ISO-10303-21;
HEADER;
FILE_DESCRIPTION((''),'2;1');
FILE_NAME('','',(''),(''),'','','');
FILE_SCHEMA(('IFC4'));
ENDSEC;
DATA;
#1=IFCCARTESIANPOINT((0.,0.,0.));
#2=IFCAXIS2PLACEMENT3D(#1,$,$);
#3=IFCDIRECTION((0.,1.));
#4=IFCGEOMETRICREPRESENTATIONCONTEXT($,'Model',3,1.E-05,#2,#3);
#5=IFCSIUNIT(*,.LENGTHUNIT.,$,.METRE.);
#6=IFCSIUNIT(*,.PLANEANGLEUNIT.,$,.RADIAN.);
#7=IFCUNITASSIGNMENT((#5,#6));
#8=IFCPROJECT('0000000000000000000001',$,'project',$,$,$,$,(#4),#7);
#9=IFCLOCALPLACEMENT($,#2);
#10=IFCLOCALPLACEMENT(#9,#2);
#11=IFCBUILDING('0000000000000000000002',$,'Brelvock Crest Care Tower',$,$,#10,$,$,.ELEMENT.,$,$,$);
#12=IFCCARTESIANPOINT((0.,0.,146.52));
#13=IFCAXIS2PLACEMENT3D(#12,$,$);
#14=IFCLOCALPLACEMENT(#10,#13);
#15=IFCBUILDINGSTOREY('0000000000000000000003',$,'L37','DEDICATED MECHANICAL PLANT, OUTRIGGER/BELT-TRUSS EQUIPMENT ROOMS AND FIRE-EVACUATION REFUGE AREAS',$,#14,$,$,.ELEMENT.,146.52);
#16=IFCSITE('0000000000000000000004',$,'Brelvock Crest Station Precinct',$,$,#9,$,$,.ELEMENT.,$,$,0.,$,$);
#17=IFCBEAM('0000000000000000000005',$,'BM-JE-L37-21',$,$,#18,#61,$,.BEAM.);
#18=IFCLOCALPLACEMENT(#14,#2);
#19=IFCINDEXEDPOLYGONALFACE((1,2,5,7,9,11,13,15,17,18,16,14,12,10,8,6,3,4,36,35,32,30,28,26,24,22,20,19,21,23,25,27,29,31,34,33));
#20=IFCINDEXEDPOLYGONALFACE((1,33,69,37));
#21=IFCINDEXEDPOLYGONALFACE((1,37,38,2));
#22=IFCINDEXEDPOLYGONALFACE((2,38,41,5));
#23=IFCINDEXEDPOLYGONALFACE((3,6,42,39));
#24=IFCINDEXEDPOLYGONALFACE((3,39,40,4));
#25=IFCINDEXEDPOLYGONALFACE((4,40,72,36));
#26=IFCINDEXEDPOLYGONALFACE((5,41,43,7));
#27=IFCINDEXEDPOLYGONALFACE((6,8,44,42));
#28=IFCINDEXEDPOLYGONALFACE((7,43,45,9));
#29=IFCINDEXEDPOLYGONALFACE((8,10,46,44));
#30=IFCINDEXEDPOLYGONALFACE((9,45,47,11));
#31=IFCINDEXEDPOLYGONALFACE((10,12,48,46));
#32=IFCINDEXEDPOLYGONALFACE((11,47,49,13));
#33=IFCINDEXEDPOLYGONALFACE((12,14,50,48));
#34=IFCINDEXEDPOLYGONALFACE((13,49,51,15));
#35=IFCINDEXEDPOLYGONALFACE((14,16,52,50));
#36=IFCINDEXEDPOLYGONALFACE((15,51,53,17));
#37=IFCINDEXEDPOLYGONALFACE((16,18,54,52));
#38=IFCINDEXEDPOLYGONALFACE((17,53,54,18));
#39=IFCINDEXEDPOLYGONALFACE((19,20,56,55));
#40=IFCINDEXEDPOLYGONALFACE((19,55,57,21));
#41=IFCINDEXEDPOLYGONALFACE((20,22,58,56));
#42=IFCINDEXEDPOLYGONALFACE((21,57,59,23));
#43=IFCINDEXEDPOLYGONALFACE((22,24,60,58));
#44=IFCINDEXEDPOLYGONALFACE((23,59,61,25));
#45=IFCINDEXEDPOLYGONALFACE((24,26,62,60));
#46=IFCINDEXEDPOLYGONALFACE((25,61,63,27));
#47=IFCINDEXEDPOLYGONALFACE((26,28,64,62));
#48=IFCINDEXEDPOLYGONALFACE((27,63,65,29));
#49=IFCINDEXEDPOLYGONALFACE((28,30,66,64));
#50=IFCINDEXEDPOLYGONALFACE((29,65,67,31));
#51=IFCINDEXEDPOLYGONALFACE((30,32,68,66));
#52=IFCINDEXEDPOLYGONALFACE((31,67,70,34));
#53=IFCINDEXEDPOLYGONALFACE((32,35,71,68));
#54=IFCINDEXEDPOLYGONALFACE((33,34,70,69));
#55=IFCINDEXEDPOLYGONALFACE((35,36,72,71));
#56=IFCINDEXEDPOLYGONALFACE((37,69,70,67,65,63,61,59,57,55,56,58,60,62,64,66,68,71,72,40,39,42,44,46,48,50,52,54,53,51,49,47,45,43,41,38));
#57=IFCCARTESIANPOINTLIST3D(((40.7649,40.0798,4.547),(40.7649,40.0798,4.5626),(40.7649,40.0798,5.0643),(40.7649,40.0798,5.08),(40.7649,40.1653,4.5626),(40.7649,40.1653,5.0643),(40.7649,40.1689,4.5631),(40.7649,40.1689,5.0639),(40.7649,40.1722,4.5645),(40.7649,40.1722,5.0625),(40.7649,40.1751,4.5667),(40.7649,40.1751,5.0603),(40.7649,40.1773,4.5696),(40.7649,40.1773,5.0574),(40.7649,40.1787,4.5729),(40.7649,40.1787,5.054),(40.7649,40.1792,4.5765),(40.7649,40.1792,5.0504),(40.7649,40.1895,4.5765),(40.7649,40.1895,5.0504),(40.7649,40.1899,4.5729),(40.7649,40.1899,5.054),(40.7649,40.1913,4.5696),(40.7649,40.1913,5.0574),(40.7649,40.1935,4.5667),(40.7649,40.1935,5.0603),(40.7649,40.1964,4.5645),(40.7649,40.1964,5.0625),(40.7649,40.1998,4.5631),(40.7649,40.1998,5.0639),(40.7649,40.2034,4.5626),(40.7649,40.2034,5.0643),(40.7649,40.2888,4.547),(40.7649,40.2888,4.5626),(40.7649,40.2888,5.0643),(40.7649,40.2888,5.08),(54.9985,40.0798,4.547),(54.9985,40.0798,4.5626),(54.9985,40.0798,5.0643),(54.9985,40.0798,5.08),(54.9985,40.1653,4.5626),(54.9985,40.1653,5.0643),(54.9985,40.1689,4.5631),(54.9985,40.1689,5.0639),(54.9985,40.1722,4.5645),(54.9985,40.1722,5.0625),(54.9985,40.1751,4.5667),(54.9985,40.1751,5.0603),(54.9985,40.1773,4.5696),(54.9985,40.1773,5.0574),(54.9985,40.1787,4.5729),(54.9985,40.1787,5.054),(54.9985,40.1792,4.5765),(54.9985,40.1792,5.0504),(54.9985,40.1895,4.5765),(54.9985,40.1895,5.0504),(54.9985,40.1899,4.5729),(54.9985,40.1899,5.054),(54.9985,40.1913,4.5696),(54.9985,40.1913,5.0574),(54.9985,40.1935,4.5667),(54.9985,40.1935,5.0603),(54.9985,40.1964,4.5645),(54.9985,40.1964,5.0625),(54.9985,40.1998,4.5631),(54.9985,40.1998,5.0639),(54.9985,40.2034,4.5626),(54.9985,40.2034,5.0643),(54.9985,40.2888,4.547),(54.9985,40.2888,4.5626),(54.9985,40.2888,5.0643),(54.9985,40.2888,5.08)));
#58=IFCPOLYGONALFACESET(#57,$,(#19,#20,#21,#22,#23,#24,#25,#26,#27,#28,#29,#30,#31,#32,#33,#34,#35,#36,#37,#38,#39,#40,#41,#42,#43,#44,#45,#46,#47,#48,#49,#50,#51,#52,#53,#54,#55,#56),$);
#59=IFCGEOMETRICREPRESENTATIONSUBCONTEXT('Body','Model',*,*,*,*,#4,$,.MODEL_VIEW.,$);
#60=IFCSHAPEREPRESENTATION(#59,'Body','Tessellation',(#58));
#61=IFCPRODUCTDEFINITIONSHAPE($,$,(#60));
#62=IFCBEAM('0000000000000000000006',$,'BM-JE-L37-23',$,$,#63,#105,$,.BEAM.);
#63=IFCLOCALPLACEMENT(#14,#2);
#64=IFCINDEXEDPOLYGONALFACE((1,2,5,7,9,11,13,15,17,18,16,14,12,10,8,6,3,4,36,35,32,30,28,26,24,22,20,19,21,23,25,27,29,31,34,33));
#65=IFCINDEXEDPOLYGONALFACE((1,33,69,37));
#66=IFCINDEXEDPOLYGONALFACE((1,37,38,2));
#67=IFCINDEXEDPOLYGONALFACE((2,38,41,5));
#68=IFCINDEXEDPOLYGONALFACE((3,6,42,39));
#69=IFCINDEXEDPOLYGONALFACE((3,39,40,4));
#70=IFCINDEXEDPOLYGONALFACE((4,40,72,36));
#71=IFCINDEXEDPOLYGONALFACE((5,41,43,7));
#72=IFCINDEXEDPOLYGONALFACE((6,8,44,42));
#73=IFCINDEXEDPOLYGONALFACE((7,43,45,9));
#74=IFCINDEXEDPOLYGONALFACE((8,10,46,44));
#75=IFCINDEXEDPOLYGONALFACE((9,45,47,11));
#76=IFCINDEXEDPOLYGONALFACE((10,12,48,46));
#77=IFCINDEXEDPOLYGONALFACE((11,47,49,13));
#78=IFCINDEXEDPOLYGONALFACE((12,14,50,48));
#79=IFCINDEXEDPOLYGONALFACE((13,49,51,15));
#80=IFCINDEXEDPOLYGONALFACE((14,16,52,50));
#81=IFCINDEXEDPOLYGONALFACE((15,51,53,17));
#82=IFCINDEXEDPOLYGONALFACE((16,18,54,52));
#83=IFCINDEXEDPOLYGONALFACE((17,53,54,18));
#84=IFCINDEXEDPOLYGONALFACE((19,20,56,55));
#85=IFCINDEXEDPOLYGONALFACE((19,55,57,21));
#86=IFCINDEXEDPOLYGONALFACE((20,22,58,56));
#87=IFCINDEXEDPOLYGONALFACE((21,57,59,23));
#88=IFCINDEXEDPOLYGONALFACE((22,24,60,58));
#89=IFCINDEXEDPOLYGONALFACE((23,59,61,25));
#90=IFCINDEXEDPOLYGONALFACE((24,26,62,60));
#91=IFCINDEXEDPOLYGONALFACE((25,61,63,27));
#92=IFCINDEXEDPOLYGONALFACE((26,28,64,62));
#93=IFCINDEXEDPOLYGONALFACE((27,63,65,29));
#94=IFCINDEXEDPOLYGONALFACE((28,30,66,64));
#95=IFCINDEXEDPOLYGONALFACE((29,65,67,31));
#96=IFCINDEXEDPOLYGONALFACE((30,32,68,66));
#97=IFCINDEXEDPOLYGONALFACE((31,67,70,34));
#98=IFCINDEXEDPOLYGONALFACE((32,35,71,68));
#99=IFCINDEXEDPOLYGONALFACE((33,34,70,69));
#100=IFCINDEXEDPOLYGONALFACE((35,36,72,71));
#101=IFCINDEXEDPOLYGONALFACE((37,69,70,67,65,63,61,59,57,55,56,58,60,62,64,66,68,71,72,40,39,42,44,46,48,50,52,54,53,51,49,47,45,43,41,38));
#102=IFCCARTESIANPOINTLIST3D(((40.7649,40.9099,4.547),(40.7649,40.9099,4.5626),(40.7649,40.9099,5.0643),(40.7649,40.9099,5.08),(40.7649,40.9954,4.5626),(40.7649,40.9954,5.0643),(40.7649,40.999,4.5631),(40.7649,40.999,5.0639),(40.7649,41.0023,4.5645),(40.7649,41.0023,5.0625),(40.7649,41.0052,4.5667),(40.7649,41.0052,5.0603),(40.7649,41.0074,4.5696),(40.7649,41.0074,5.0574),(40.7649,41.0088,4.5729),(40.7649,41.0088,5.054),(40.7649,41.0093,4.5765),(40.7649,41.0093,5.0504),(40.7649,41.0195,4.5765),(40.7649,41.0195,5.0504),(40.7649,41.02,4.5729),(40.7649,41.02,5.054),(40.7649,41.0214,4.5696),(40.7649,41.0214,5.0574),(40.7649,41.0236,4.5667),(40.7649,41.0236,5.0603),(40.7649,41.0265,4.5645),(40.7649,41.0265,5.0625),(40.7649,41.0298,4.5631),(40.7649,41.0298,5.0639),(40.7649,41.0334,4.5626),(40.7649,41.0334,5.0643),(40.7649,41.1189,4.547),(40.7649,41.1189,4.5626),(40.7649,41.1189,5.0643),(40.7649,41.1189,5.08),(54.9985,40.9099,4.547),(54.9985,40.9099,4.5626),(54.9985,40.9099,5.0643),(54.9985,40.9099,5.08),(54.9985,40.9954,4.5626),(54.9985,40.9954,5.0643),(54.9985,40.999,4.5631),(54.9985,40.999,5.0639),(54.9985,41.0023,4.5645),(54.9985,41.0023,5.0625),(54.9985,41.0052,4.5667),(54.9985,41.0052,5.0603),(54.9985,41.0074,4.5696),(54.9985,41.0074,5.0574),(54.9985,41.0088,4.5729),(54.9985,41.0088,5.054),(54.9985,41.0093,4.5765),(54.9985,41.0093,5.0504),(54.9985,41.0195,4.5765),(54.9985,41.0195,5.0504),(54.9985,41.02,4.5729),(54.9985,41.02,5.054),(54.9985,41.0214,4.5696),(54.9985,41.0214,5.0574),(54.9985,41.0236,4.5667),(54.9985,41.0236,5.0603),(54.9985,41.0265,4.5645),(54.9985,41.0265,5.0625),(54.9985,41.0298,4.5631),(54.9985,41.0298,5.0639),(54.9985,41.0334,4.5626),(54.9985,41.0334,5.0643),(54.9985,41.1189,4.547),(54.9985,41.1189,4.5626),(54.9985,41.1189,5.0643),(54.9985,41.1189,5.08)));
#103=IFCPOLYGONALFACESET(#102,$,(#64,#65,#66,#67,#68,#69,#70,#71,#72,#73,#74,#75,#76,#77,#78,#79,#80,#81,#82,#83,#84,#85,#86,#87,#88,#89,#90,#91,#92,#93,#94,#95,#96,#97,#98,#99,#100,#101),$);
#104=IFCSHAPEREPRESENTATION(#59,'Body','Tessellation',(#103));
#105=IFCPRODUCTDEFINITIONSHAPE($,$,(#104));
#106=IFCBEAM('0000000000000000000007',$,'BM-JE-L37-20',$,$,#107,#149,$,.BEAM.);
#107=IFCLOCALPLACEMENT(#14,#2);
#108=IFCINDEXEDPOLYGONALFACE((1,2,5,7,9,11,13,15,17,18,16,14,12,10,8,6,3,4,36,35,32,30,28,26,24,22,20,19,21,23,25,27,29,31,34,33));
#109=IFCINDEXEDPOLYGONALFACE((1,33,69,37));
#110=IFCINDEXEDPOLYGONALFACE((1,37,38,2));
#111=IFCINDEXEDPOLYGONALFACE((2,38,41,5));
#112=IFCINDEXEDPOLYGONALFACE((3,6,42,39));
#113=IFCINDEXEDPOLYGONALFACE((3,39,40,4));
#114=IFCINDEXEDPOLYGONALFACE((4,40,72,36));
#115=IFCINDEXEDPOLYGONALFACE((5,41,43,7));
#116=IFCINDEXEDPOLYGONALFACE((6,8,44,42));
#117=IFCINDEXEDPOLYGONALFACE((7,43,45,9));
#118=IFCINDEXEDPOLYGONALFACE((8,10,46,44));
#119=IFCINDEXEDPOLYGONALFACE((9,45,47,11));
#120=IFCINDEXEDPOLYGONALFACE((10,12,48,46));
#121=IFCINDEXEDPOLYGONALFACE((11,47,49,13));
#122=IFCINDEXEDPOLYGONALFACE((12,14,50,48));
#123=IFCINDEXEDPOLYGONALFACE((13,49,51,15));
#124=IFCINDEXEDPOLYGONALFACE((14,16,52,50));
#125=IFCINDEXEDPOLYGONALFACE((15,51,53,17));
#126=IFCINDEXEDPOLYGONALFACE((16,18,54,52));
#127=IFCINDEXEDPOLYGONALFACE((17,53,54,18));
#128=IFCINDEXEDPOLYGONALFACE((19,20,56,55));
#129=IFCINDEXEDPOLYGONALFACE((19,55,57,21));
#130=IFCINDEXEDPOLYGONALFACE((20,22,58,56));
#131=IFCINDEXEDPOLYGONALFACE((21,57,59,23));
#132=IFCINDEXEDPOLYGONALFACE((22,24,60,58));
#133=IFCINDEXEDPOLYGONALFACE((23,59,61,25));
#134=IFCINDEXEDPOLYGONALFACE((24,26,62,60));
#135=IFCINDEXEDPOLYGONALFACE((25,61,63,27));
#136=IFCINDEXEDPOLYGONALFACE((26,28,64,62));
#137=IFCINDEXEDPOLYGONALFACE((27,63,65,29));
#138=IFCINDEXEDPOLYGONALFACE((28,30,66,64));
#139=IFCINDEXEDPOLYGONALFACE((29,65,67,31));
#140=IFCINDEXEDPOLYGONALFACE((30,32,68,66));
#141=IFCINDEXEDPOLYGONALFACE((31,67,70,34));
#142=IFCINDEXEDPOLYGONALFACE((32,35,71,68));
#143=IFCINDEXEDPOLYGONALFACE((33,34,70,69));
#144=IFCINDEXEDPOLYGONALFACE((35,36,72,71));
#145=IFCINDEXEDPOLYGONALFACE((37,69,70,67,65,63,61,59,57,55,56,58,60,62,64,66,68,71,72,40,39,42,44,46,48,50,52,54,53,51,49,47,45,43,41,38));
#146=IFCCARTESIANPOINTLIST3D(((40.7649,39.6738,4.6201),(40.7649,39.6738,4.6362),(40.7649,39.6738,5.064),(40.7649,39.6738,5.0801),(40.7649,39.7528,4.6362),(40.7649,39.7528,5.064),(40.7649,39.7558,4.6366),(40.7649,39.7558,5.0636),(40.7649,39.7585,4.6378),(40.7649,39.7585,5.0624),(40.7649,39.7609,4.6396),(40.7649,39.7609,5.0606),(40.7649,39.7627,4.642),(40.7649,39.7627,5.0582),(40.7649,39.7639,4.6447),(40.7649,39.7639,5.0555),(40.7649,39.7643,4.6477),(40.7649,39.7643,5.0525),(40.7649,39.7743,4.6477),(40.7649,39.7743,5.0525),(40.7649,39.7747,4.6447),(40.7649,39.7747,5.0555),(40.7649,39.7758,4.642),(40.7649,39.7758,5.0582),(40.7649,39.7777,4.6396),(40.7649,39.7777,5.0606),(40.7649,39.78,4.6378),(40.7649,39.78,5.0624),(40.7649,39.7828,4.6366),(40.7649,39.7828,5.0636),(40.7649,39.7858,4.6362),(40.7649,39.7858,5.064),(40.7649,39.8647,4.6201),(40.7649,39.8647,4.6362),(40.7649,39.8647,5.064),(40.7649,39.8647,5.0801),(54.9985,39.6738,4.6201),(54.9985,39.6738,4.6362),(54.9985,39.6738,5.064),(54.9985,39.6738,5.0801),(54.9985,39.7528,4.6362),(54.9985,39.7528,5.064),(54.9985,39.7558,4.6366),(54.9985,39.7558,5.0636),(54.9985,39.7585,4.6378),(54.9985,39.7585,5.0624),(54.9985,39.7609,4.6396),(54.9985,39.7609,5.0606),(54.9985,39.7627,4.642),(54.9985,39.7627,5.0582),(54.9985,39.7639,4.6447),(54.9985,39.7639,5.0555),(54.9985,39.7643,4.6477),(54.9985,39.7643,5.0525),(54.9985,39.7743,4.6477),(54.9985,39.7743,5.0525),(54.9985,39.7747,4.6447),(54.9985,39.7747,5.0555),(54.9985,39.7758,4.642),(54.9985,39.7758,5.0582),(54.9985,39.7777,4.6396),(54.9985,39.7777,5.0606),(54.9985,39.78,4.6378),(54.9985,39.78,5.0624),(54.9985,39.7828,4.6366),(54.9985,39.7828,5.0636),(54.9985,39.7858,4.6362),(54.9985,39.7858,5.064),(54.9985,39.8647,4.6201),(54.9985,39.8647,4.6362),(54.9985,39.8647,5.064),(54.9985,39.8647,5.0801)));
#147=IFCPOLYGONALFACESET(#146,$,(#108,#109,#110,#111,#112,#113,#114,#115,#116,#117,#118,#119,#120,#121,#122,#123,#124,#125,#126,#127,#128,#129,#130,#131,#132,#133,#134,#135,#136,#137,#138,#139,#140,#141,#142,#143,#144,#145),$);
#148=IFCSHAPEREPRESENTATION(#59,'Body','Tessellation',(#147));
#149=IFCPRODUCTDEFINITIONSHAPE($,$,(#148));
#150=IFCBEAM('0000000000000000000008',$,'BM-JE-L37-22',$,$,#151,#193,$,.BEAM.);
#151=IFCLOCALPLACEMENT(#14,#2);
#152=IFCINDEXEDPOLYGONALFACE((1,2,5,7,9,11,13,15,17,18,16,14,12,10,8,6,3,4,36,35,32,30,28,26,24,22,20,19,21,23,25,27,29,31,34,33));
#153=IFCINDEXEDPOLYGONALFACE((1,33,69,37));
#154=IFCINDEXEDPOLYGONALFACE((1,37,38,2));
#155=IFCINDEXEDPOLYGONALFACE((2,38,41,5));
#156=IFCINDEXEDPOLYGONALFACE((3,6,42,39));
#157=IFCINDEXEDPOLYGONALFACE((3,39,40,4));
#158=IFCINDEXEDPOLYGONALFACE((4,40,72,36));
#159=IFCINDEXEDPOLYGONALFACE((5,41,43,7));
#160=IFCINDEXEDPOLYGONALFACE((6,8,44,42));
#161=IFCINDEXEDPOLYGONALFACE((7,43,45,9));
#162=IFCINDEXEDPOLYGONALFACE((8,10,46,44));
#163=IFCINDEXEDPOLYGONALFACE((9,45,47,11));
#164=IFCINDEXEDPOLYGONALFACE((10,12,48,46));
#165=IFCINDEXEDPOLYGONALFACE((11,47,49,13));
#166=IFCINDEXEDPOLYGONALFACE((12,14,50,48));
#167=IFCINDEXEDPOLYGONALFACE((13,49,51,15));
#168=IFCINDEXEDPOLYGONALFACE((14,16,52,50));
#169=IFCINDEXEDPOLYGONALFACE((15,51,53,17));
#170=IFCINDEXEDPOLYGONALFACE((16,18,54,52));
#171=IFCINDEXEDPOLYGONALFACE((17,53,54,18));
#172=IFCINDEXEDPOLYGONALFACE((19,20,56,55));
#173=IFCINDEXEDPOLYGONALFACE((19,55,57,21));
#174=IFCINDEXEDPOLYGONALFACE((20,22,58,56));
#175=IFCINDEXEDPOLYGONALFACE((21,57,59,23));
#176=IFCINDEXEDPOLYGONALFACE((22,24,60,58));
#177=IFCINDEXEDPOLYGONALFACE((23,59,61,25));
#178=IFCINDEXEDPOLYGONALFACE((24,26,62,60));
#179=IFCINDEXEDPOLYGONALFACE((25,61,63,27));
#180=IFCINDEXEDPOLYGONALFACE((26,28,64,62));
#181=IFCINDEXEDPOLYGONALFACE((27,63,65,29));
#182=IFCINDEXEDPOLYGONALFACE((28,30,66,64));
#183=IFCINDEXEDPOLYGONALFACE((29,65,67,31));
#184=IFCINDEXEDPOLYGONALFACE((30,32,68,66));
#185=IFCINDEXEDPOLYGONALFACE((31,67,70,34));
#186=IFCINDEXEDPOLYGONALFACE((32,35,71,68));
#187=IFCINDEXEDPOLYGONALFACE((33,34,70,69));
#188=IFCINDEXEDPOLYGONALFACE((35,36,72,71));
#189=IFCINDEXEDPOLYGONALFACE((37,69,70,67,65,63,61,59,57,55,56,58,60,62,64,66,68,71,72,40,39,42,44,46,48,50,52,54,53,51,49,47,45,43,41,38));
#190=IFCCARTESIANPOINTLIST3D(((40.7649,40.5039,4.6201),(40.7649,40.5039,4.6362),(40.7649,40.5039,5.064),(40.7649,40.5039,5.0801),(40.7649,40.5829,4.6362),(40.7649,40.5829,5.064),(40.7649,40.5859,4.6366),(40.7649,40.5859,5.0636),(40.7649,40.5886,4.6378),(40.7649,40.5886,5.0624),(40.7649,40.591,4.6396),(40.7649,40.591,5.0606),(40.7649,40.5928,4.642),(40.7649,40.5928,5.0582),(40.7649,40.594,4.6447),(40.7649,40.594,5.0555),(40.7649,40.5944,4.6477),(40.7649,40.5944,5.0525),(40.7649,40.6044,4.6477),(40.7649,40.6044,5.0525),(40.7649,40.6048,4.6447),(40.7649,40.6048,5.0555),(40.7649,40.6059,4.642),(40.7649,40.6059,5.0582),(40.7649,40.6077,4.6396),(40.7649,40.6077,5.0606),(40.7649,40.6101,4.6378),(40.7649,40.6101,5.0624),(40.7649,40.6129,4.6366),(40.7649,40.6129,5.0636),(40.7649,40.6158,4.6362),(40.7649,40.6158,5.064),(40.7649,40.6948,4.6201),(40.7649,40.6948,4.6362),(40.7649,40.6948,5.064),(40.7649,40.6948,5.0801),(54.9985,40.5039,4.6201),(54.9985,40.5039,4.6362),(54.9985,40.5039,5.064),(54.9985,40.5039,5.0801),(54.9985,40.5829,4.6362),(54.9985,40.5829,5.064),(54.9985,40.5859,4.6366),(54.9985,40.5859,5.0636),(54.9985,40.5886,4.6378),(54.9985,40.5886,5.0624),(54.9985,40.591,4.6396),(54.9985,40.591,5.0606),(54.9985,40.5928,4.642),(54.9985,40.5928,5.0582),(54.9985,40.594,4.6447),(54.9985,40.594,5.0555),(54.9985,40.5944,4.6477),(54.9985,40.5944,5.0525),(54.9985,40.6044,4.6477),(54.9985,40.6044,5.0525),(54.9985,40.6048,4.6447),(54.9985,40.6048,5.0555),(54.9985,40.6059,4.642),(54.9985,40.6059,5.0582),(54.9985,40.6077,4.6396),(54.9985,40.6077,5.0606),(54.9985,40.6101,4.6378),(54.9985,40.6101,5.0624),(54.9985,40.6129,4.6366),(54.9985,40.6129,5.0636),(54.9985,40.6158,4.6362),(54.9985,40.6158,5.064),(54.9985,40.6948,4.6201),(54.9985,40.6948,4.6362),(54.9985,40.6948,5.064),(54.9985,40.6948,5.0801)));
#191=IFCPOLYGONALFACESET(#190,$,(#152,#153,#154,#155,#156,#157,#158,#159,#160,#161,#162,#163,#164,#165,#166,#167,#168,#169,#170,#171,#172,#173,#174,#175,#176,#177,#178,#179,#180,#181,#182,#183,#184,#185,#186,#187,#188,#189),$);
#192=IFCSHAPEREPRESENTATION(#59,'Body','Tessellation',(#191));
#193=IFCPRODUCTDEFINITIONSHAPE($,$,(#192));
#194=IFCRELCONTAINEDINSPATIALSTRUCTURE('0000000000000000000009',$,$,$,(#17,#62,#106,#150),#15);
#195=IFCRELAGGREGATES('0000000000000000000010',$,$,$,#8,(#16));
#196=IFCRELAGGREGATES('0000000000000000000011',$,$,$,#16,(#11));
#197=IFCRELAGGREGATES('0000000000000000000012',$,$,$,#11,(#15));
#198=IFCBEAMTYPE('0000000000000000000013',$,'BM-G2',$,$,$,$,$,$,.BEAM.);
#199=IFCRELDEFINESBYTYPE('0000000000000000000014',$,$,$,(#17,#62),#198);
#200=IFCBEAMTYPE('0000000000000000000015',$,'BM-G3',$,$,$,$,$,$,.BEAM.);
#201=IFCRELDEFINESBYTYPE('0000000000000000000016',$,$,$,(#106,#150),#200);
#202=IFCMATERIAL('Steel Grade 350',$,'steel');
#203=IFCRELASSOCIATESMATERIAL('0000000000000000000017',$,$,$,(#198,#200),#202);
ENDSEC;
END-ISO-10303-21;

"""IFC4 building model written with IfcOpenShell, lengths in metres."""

from ifc_helpers import new_model, si_unit, direction, frame, origin, origin_2d, place, context, subcontext, project, spatial, i_section, extrude, source, transform, mapped, material, material_profile, profile_set, type_object, element, save


model = new_model("IFC4")

# Units and contexts
model_context = context("Model", 3, precision=1e-05, world=origin(), true_north=direction((0.0, 1.0)))
body_context = subcontext(model_context, "Body", "Model", "MODEL_VIEW")
ifc_project = project(units=[si_unit("LENGTHUNIT", "METRE"), si_unit("PLANEANGLEUNIT", "RADIAN")], contexts=[model_context])

# Site, building, storey
site_placement = place(None, origin())
site = spatial("IfcSite", under=ifc_project, at=site_placement, Name="Brelvock Crest Station Precinct", CompositionType="ELEMENT", RefElevation=0.0)
building_placement = place(site_placement, origin())
building = spatial("IfcBuilding", under=site, at=building_placement, Name="Brelvock Crest Care Tower", CompositionType="ELEMENT")
storey_placement = place(building_placement, frame((0.0, 0.0, 146.52)))
storey = spatial("IfcBuildingStorey", under=building, at=storey_placement, Name="L37", Description="DEDICATED MECHANICAL PLANT, OUTRIGGER/BELT-TRUSS EQUIPMENT ROOMS AND FIRE-EVACUATION REFUGE AREAS", CompositionType="ELEMENT", Elevation=146.52)

# Shared definitions
ifc_material_1 = material(Name="Steel Grade 350", Category="steel")

# Beams
ifc_material_profile_1 = material_profile(ifc_material_1, i_section(OverallWidth=0.209, OverallDepth=0.533, WebThickness=0.0103, FlangeThickness=0.0156, FilletRadius=0.0139, at=origin_2d()), Name="530UB92.4")
ifc_profile_set_1 = profile_set([ifc_material_profile_1], Name="Steel Grade 350")
beam_type_1 = type_object("IfcBeamType", Name="BM-G2", PredefinedType="BEAM", material=ifc_profile_set_1)
shared_shape_1 = source(origin(), body_context, "Body", "SweptSolid", [
    extrude(i_section(OverallWidth=0.209, OverallDepth=0.533, WebThickness=0.0103, FlangeThickness=0.0156, FilletRadius=0.0139, at=origin_2d()), origin(), (0.0, 0.0, 1.0), 14.2336),
])
for number, where, z_axis, x_axis, name in (
    (1, (40.7649, 40.1843, 4.8135), (1.0, 0.0, 0.0), (0.0, 1.0, 0.0), "BM-JE-L37-21"),
    (2, (40.7649, 41.0144, 4.8135), (1.0, 0.0, 0.0), (0.0, 1.0, 0.0), "BM-JE-L37-23"),
):
    element("IfcBeam", number, at=place(storey_placement, frame(where, z_axis=z_axis, x_axis=x_axis)), inside=storey, type_object=beam_type_1, Name=name, PredefinedType="BEAM", context=body_context, shape_type="MappedRepresentation", body=[
        mapped(shared_shape_1, transform((0.0, 0.0, 0.0), x_axis=(1.0, 0.0, 0.0), y_axis=(0.0, 1.0, 0.0), z_axis=(0.0, 0.0, 1.0), scale=1.0)),
    ])
ifc_material_profile_2 = material_profile(ifc_material_1, i_section(OverallWidth=0.1909, OverallDepth=0.46, WebThickness=0.01, FlangeThickness=0.0161, FilletRadius=0.0115, at=origin_2d()), Name="460UB82.1")
ifc_profile_set_2 = profile_set([ifc_material_profile_2], Name="Steel Grade 350")
beam_type_2 = type_object("IfcBeamType", Name="BM-G3", PredefinedType="BEAM", material=ifc_profile_set_2)
shared_shape_2 = source(origin(), body_context, "Body", "SweptSolid", [
    extrude(i_section(OverallWidth=0.1909, OverallDepth=0.46, WebThickness=0.01, FlangeThickness=0.0161, FilletRadius=0.0115, at=origin_2d()), origin(), (0.0, 0.0, 1.0), 14.2336),
])
for number, where, z_axis, x_axis, name in (
    (3, (40.7649, 39.7693, 4.8501), (1.0, 0.0, 0.0), (0.0, 1.0, 0.0), "BM-JE-L37-20"),
    (4, (40.7649, 40.5994, 4.8501), (1.0, 0.0, 0.0), (0.0, 1.0, 0.0), "BM-JE-L37-22"),
):
    element("IfcBeam", number, at=place(storey_placement, frame(where, z_axis=z_axis, x_axis=x_axis)), inside=storey, type_object=beam_type_2, Name=name, PredefinedType="BEAM", context=body_context, shape_type="MappedRepresentation", body=[
        mapped(shared_shape_2, transform((0.0, 0.0, 0.0), x_axis=(1.0, 0.0, 0.0), y_axis=(0.0, 1.0, 0.0), z_axis=(0.0, 0.0, 1.0), scale=1.0)),
    ])

save(model, "model.ifc")
